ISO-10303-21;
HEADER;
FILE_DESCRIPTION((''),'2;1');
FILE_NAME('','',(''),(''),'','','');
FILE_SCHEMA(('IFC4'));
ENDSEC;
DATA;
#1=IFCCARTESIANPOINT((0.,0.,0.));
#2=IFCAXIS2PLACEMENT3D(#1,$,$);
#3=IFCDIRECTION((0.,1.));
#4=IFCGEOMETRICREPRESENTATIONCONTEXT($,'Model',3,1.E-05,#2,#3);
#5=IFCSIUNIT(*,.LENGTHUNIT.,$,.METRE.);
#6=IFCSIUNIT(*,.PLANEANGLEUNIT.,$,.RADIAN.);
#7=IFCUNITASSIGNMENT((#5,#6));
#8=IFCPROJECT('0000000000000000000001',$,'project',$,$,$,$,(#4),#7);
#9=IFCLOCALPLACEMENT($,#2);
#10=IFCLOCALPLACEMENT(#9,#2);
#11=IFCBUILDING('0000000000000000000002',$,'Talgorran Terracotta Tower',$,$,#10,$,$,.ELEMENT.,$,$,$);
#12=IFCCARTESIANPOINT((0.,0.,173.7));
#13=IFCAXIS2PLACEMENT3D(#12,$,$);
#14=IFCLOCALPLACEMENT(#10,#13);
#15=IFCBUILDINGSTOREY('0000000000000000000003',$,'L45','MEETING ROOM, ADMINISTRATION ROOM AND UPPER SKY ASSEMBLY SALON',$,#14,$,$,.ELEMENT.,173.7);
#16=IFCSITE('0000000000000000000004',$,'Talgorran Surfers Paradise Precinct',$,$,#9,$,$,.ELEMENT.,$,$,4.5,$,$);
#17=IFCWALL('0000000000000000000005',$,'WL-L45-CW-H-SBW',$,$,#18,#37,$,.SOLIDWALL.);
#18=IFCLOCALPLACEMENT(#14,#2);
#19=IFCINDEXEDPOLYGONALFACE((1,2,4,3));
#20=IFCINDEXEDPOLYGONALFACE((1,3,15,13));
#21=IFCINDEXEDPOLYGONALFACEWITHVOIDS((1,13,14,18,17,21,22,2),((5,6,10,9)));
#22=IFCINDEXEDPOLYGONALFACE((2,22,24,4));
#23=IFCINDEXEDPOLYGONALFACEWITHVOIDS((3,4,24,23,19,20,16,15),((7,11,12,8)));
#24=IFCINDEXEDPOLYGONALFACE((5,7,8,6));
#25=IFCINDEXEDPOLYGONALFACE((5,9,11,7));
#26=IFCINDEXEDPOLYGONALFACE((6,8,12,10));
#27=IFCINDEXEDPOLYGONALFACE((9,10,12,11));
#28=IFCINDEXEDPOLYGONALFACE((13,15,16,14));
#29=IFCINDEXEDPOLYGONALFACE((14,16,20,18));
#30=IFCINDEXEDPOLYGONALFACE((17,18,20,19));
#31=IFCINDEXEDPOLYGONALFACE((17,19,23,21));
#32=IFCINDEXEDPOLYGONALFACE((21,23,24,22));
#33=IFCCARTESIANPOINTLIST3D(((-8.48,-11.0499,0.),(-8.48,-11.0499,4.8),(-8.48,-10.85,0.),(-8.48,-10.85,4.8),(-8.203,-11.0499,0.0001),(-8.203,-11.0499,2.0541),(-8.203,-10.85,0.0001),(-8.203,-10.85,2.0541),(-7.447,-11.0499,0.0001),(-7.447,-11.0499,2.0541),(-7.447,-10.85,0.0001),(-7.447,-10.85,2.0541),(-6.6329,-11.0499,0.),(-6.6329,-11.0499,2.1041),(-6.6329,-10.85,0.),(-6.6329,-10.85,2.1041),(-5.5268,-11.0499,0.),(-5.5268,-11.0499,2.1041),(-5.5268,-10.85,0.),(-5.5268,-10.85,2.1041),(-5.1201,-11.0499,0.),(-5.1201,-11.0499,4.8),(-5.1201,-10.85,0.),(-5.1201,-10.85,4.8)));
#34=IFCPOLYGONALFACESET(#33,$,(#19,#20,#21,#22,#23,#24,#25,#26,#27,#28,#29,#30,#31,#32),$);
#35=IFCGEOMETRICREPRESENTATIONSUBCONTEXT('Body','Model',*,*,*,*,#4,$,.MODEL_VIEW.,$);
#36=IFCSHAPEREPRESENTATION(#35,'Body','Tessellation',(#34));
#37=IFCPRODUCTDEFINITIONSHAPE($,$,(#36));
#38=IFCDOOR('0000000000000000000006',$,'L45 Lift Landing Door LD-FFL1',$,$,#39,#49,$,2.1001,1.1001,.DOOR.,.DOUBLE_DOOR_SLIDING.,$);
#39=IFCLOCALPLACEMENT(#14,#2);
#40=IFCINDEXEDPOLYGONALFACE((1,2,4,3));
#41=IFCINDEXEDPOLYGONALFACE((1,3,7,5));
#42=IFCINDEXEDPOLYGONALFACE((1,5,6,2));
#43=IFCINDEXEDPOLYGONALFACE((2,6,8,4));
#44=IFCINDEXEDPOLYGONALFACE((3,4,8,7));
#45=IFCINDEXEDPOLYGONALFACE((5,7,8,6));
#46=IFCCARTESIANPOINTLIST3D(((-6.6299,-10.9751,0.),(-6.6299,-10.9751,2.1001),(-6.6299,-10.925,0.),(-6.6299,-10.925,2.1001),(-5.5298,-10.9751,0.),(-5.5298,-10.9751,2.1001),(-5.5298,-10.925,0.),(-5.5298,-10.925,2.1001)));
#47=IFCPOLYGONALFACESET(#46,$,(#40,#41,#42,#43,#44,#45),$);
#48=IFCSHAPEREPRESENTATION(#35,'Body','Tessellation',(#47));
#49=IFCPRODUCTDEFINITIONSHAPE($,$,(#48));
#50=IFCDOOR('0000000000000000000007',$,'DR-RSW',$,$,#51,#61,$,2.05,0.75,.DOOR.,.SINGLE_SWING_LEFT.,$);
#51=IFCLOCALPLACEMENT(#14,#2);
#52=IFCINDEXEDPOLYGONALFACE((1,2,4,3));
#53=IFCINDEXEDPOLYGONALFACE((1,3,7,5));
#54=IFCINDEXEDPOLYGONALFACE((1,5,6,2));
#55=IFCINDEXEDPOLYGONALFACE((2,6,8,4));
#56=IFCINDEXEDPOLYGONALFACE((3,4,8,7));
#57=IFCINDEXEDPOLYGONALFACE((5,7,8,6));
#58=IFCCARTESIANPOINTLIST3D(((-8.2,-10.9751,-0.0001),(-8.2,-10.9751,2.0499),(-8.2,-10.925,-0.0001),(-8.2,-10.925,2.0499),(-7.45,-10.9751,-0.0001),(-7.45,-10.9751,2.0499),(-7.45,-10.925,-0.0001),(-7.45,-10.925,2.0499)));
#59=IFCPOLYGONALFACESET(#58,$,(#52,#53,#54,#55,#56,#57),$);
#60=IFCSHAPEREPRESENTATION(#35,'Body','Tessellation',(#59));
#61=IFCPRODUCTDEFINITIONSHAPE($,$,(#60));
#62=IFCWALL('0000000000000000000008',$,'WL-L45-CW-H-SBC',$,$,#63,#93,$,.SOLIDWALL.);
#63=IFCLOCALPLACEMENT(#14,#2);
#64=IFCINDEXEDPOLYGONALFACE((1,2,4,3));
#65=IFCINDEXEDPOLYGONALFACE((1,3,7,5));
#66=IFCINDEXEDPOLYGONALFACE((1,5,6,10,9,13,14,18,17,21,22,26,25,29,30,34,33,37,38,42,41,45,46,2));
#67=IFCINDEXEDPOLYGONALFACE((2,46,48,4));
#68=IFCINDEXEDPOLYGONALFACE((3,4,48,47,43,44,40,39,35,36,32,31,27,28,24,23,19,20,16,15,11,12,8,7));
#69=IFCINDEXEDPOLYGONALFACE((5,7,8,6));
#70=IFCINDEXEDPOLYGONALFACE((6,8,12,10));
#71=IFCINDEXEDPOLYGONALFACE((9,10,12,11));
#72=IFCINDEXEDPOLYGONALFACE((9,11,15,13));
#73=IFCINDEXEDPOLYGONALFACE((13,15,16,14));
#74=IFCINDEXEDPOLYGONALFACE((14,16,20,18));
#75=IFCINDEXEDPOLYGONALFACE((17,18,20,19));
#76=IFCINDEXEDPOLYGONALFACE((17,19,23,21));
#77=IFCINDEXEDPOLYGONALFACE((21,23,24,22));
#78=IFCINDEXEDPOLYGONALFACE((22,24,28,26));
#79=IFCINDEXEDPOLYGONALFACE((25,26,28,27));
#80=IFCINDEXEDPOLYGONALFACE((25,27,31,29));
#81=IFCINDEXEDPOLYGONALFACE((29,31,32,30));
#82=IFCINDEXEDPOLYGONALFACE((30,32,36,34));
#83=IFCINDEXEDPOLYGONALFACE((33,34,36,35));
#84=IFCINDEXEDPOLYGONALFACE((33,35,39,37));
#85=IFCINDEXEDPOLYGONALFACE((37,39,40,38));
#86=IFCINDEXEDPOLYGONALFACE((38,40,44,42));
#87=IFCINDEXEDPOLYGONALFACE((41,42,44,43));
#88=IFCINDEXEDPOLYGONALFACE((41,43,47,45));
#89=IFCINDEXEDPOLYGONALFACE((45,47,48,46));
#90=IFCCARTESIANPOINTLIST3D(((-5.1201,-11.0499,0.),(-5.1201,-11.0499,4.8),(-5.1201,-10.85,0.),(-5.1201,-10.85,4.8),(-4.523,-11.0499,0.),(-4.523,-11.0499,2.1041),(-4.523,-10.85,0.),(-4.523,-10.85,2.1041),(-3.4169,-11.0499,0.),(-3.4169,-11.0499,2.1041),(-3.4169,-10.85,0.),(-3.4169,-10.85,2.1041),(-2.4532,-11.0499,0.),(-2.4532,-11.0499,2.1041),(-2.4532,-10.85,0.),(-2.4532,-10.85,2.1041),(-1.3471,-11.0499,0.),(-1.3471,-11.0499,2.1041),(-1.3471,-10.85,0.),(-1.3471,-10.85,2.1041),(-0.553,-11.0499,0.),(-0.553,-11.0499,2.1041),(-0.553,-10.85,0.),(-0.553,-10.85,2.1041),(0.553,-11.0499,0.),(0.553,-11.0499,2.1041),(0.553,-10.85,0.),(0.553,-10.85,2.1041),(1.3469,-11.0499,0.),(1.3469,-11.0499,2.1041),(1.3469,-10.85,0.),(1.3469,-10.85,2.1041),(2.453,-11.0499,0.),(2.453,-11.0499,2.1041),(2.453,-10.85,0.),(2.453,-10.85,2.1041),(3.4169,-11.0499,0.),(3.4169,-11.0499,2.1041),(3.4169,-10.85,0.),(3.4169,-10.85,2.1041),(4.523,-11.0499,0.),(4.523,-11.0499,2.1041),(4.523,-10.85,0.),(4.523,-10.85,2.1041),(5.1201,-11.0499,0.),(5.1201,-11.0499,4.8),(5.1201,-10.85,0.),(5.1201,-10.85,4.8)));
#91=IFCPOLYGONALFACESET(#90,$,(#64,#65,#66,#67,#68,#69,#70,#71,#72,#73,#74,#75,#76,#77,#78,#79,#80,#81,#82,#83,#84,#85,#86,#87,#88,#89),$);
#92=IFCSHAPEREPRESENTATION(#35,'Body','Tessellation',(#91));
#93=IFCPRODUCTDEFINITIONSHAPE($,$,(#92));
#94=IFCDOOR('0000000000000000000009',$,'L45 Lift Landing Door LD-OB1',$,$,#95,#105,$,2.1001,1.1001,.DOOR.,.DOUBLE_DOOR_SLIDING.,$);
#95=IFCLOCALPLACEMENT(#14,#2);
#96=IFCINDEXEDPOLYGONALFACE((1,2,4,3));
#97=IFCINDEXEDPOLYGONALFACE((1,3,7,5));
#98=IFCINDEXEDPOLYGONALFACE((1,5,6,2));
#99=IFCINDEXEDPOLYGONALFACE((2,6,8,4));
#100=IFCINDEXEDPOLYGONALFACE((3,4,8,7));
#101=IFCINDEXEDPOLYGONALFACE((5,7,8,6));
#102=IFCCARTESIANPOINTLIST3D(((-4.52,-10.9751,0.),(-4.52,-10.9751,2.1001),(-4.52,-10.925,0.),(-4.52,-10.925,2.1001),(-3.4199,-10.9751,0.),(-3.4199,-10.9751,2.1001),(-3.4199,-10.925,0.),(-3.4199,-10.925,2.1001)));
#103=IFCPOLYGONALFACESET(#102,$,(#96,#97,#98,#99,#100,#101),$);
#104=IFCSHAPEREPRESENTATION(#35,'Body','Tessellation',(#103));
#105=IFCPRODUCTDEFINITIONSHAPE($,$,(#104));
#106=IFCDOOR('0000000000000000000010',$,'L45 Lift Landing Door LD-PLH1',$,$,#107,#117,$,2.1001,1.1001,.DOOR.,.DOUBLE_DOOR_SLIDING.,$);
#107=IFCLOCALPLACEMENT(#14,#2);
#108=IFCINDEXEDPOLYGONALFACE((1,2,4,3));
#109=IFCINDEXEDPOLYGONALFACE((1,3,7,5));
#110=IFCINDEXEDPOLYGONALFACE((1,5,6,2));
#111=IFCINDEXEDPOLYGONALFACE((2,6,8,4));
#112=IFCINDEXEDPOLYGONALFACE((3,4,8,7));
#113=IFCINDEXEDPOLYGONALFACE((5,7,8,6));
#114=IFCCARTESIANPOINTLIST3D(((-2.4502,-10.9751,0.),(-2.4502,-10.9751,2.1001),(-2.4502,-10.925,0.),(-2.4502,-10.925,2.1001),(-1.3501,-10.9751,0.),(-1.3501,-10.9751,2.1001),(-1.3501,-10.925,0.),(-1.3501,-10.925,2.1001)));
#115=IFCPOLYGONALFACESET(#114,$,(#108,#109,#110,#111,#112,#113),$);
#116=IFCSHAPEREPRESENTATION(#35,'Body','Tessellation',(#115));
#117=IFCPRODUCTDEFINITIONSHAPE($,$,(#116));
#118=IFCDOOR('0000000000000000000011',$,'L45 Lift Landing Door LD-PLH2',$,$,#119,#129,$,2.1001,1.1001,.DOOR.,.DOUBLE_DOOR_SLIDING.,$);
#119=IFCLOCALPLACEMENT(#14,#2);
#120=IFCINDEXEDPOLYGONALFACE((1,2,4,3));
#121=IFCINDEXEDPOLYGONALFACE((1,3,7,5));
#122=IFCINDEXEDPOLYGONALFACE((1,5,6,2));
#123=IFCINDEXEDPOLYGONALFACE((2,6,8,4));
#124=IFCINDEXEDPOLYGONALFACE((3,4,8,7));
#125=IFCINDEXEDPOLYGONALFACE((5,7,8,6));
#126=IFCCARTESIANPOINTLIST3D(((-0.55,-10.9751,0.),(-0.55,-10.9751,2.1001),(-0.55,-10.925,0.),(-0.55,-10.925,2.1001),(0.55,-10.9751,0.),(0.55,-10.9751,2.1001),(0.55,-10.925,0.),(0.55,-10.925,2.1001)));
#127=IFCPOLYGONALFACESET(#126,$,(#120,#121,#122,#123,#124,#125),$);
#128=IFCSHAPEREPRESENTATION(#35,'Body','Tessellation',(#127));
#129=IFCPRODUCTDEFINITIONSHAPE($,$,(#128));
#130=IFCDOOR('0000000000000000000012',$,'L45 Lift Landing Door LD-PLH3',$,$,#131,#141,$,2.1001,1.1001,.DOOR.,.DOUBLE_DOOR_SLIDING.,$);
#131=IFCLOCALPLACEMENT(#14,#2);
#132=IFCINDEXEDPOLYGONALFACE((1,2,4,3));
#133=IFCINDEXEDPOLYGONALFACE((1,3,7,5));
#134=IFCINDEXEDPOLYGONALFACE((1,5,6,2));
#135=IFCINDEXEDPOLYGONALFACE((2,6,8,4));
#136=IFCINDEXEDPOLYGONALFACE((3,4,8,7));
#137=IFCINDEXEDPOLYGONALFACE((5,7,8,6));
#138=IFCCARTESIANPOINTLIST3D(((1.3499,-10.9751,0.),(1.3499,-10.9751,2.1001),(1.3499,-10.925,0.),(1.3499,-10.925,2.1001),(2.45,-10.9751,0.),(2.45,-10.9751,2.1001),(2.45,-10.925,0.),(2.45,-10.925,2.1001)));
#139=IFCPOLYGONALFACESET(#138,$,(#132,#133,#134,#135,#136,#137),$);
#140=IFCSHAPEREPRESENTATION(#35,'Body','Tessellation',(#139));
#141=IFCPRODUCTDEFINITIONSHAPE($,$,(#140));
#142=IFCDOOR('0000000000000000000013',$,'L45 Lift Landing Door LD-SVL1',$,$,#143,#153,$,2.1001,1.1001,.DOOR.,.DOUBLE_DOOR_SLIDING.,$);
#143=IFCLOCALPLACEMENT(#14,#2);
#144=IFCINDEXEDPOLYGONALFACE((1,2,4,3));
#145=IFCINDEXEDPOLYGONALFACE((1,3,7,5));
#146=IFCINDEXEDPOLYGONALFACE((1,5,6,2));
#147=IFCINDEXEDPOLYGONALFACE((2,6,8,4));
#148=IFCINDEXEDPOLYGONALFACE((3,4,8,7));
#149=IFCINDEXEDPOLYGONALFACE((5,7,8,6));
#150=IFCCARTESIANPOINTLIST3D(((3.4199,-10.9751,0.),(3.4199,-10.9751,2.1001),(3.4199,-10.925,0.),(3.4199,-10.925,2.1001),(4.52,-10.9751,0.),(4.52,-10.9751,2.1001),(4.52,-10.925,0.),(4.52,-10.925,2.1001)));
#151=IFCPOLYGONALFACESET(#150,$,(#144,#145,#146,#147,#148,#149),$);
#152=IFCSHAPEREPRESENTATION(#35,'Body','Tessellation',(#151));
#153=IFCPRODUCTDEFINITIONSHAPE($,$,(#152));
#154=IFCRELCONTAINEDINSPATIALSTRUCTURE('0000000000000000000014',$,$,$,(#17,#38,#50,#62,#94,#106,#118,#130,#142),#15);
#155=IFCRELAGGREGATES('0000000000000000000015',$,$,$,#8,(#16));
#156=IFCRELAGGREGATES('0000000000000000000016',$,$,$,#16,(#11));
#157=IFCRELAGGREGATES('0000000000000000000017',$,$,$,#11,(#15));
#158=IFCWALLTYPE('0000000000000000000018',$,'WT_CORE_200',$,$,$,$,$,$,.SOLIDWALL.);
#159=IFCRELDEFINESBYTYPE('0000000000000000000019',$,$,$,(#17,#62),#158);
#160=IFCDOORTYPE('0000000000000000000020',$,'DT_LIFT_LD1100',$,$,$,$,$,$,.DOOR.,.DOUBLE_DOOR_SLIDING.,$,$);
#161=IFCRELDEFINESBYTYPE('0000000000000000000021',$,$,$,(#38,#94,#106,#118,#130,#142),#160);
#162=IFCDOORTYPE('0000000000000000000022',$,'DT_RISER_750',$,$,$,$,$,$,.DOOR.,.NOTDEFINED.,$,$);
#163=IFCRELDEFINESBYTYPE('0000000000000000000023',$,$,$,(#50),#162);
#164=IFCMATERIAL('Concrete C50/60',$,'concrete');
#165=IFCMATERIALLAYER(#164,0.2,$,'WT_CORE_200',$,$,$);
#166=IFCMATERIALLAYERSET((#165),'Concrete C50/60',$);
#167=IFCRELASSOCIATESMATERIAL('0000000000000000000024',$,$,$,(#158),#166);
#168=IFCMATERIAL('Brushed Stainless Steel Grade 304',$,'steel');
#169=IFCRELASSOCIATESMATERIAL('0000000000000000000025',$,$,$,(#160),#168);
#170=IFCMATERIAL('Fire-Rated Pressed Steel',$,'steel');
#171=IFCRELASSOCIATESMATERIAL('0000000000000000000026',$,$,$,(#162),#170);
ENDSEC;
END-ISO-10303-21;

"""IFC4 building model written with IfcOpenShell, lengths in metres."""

from ifc_helpers import new_model, si_unit, direction, frame, frame_2d, origin, place, context, subcontext, project, spatial, rectangle, extrude, material, layer, layer_set, type_object, element, fill, save


model = new_model("IFC4")

# Units and contexts
model_context = context("Model", 3, precision=1e-05, world=origin(), true_north=direction((0.0, 1.0)))
body_context = subcontext(model_context, "Body", "Model", "MODEL_VIEW")
ifc_project = project(units=[si_unit("LENGTHUNIT", "METRE"), si_unit("PLANEANGLEUNIT", "RADIAN")], contexts=[model_context])

# Site, building, storey
site_placement = place(None, origin())
site = spatial("IfcSite", under=ifc_project, at=site_placement, Name="Talgorran Surfers Paradise Precinct", CompositionType="ELEMENT", RefElevation=4.5)
building_placement = place(site_placement, origin())
building = spatial("IfcBuilding", under=site, at=building_placement, Name="Talgorran Terracotta Tower", CompositionType="ELEMENT")
storey_placement = place(building_placement, frame((0.0, 0.0, 173.7)))
storey = spatial("IfcBuildingStorey", under=building, at=storey_placement, Name="L45", Description="MEETING ROOM, ADMINISTRATION ROOM AND UPPER SKY ASSEMBLY SALON", CompositionType="ELEMENT", Elevation=173.7)

# Shared definitions
ifc_material_1 = material(Name="Concrete C50/60", Category="concrete")

# Walls, openings, doors
ifc_layer_1 = layer(ifc_material_1, 0.2, Name="WT_CORE_200")
ifc_layer_set_1 = layer_set([ifc_layer_1], Name="Concrete C50/60")
wall_type_1 = type_object("IfcWallType", Name="WT_CORE_200", PredefinedType="SOLIDWALL", material=ifc_layer_set_1)
wall_1_placement = place(storey_placement, frame((-8.48, -10.95, 0.0), z_axis=(0.0, 0.0, 1.0), x_axis=(1.0, 0.0, 0.0)))
wall_1 = element("IfcWall", 1, at=wall_1_placement, inside=storey, type_object=wall_type_1, Name="WL-L45-CW-H-SBW", PredefinedType="SOLIDWALL", context=body_context, shape_type="SweptSolid", body=[
    extrude(rectangle(XDim=3.3599, YDim=0.2, at=frame_2d((1.6799, 0.0))), origin(), (0.0, 0.0, 1.0), 4.8),
])
opening_1_placement = place(wall_1_placement, frame((0.28, 0.0, 0.0)))
opening_1 = element("IfcOpeningElement", 2, at=opening_1_placement, cuts=wall_1, PredefinedType="OPENING", context=body_context, shape_type="SweptSolid", body=[
    extrude(rectangle(XDim=0.756, YDim=2.054, at=frame_2d((0.375, 1.0271))), frame((0.0, 0.1099, 0.0), z_axis=(0.0, -1.0, 0.0), x_axis=(1.0, 0.0, 0.0)), (0.0, 0.0, 1.0), 0.22),
])
opening_2_placement = place(wall_1_placement, frame((1.8501, 0.0, 0.0)))
opening_2 = element("IfcOpeningElement", 3, at=opening_2_placement, cuts=wall_1, PredefinedType="OPENING", context=body_context, shape_type="SweptSolid", body=[
    extrude(rectangle(XDim=1.1061, YDim=2.1041, at=frame_2d((0.55, 1.052))), frame((0.0, 0.1099, 0.0), z_axis=(0.0, -1.0, 0.0), x_axis=(1.0, 0.0, 0.0)), (0.0, 0.0, 1.0), 0.22),
])
ifc_material_2 = material(Name="Brushed Stainless Steel Grade 304", Category="steel")
door_type_1 = type_object("IfcDoorType", Name="DT_LIFT_LD1100", OperationType="DOUBLE_DOOR_SLIDING", PredefinedType="DOOR", material=ifc_material_2)
door_1_placement = place(opening_2_placement, origin())
door_1 = element("IfcDoor", 4, at=door_1_placement, inside=storey, type_object=door_type_1, Name="L45 Lift Landing Door LD-FFL1", OperationType="DOUBLE_DOOR_SLIDING", OverallHeight=2.1001, OverallWidth=1.1001, PredefinedType="DOOR", context=body_context, shape_type="SweptSolid", body=[
    extrude(rectangle(XDim=1.1001, YDim=2.1001, at=frame_2d((0.55, 1.05))), frame((0.0, 0.0249, 0.0), z_axis=(0.0, -1.0, 0.0), x_axis=(1.0, 0.0, 0.0)), (0.0, 0.0, 1.0), 0.05),
])
fill(opening_2, door_1)
ifc_material_3 = material(Name="Fire-Rated Pressed Steel", Category="steel")
door_type_2 = type_object("IfcDoorType", Name="DT_RISER_750", OperationType="NOTDEFINED", PredefinedType="DOOR", material=ifc_material_3)
door_2_placement = place(opening_1_placement, origin())
door_2 = element("IfcDoor", 5, at=door_2_placement, inside=storey, type_object=door_type_2, Name="DR-RSW", OperationType="SINGLE_SWING_LEFT", OverallHeight=2.05, OverallWidth=0.75, PredefinedType="DOOR", context=body_context, shape_type="SweptSolid", body=[
    extrude(rectangle(XDim=0.75, YDim=2.05, at=frame_2d((0.375, 1.0249))), frame((0.0, 0.0249, 0.0), z_axis=(0.0, -1.0, 0.0), x_axis=(1.0, 0.0, 0.0)), (0.0, 0.0, 1.0), 0.05),
])
fill(opening_1, door_2)
wall_2_placement = place(storey_placement, frame((-5.1201, -10.95, 0.0), z_axis=(0.0, 0.0, 1.0), x_axis=(1.0, 0.0, 0.0)))
wall_2 = element("IfcWall", 6, at=wall_2_placement, inside=storey, type_object=wall_type_1, Name="WL-L45-CW-H-SBC", PredefinedType="SOLIDWALL", context=body_context, shape_type="SweptSolid", body=[
    extrude(rectangle(XDim=10.2402, YDim=0.2, at=frame_2d((5.1201, 0.0))), origin(), (0.0, 0.0, 1.0), 4.8),
])
opening_3_placement = place(wall_2_placement, frame((0.6001, 0.0, 0.0)))
opening_3 = element("IfcOpeningElement", 7, at=opening_3_placement, cuts=wall_2, PredefinedType="OPENING", context=body_context, shape_type="SweptSolid", body=[
    extrude(rectangle(XDim=1.1061, YDim=2.1041, at=frame_2d((0.55, 1.052))), frame((0.0, 0.1099, 0.0), z_axis=(0.0, -1.0, 0.0), x_axis=(1.0, 0.0, 0.0)), (0.0, 0.0, 1.0), 0.22),
])
opening_4_placement = place(wall_2_placement, frame((2.6699, 0.0, 0.0)))
opening_4 = element("IfcOpeningElement", 8, at=opening_4_placement, cuts=wall_2, PredefinedType="OPENING", context=body_context, shape_type="SweptSolid", body=[
    extrude(rectangle(XDim=1.1061, YDim=2.1041, at=frame_2d((0.55, 1.052))), frame((0.0, 0.1099, 0.0), z_axis=(0.0, -1.0, 0.0), x_axis=(1.0, 0.0, 0.0)), (0.0, 0.0, 1.0), 0.22),
])
opening_5_placement = place(wall_2_placement, frame((4.5701, 0.0, 0.0)))
opening_5 = element("IfcOpeningElement", 9, at=opening_5_placement, cuts=wall_2, PredefinedType="OPENING", context=body_context, shape_type="SweptSolid", body=[
    extrude(rectangle(XDim=1.1061, YDim=2.1041, at=frame_2d((0.55, 1.052))), frame((0.0, 0.1099, 0.0), z_axis=(0.0, -1.0, 0.0), x_axis=(1.0, 0.0, 0.0)), (0.0, 0.0, 1.0), 0.22),
])
opening_6_placement = place(wall_2_placement, frame((6.47, 0.0, 0.0)))
opening_6 = element("IfcOpeningElement", 10, at=opening_6_placement, cuts=wall_2, PredefinedType="OPENING", context=body_context, shape_type="SweptSolid", body=[
    extrude(rectangle(XDim=1.1061, YDim=2.1041, at=frame_2d((0.55, 1.052))), frame((0.0, 0.1099, 0.0), z_axis=(0.0, -1.0, 0.0), x_axis=(1.0, 0.0, 0.0)), (0.0, 0.0, 1.0), 0.22),
])
opening_7_placement = place(wall_2_placement, frame((8.54, 0.0, 0.0)))
opening_7 = element("IfcOpeningElement", 11, at=opening_7_placement, cuts=wall_2, PredefinedType="OPENING", context=body_context, shape_type="SweptSolid", body=[
    extrude(rectangle(XDim=1.1061, YDim=2.1041, at=frame_2d((0.55, 1.052))), frame((0.0, 0.1099, 0.0), z_axis=(0.0, -1.0, 0.0), x_axis=(1.0, 0.0, 0.0)), (0.0, 0.0, 1.0), 0.22),
])
door_3_placement = place(opening_3_placement, origin())
door_3 = element("IfcDoor", 12, at=door_3_placement, inside=storey, type_object=door_type_1, Name="L45 Lift Landing Door LD-OB1", OperationType="DOUBLE_DOOR_SLIDING", OverallHeight=2.1001, OverallWidth=1.1001, PredefinedType="DOOR", context=body_context, shape_type="SweptSolid", body=[
    extrude(rectangle(XDim=1.1001, YDim=2.1001, at=frame_2d((0.55, 1.05))), frame((0.0, 0.0249, 0.0), z_axis=(0.0, -1.0, 0.0), x_axis=(1.0, 0.0, 0.0)), (0.0, 0.0, 1.0), 0.05),
])
fill(opening_3, door_3)
door_4_placement = place(opening_4_placement, origin())
door_4 = element("IfcDoor", 13, at=door_4_placement, inside=storey, type_object=door_type_1, Name="L45 Lift Landing Door LD-PLH1", OperationType="DOUBLE_DOOR_SLIDING", OverallHeight=2.1001, OverallWidth=1.1001, PredefinedType="DOOR", context=body_context, shape_type="SweptSolid", body=[
    extrude(rectangle(XDim=1.1001, YDim=2.1001, at=frame_2d((0.55, 1.05))), frame((0.0, 0.0249, 0.0), z_axis=(0.0, -1.0, 0.0), x_axis=(1.0, 0.0, 0.0)), (0.0, 0.0, 1.0), 0.05),
])
fill(opening_4, door_4)
door_5_placement = place(opening_5_placement, origin())
door_5 = element("IfcDoor", 14, at=door_5_placement, inside=storey, type_object=door_type_1, Name="L45 Lift Landing Door LD-PLH2", OperationType="DOUBLE_DOOR_SLIDING", OverallHeight=2.1001, OverallWidth=1.1001, PredefinedType="DOOR", context=body_context, shape_type="SweptSolid", body=[
    extrude(rectangle(XDim=1.1001, YDim=2.1001, at=frame_2d((0.55, 1.05))), frame((0.0, 0.0249, 0.0), z_axis=(0.0, -1.0, 0.0), x_axis=(1.0, 0.0, 0.0)), (0.0, 0.0, 1.0), 0.05),
])
fill(opening_5, door_5)
door_6_placement = place(opening_6_placement, origin())
door_6 = element("IfcDoor", 15, at=door_6_placement, inside=storey, type_object=door_type_1, Name="L45 Lift Landing Door LD-PLH3", OperationType="DOUBLE_DOOR_SLIDING", OverallHeight=2.1001, OverallWidth=1.1001, PredefinedType="DOOR", context=body_context, shape_type="SweptSolid", body=[
    extrude(rectangle(XDim=1.1001, YDim=2.1001, at=frame_2d((0.55, 1.05))), frame((0.0, 0.0249, 0.0), z_axis=(0.0, -1.0, 0.0), x_axis=(1.0, 0.0, 0.0)), (0.0, 0.0, 1.0), 0.05),
])
fill(opening_6, door_6)
door_7_placement = place(opening_7_placement, origin())
door_7 = element("IfcDoor", 16, at=door_7_placement, inside=storey, type_object=door_type_1, Name="L45 Lift Landing Door LD-SVL1", OperationType="DOUBLE_DOOR_SLIDING", OverallHeight=2.1001, OverallWidth=1.1001, PredefinedType="DOOR", context=body_context, shape_type="SweptSolid", body=[
    extrude(rectangle(XDim=1.1001, YDim=2.1001, at=frame_2d((0.55, 1.05))), frame((0.0, 0.0249, 0.0), z_axis=(0.0, -1.0, 0.0), x_axis=(1.0, 0.0, 0.0)), (0.0, 0.0, 1.0), 0.05),
])
fill(opening_7, door_7)

save(model, "model.ifc")
